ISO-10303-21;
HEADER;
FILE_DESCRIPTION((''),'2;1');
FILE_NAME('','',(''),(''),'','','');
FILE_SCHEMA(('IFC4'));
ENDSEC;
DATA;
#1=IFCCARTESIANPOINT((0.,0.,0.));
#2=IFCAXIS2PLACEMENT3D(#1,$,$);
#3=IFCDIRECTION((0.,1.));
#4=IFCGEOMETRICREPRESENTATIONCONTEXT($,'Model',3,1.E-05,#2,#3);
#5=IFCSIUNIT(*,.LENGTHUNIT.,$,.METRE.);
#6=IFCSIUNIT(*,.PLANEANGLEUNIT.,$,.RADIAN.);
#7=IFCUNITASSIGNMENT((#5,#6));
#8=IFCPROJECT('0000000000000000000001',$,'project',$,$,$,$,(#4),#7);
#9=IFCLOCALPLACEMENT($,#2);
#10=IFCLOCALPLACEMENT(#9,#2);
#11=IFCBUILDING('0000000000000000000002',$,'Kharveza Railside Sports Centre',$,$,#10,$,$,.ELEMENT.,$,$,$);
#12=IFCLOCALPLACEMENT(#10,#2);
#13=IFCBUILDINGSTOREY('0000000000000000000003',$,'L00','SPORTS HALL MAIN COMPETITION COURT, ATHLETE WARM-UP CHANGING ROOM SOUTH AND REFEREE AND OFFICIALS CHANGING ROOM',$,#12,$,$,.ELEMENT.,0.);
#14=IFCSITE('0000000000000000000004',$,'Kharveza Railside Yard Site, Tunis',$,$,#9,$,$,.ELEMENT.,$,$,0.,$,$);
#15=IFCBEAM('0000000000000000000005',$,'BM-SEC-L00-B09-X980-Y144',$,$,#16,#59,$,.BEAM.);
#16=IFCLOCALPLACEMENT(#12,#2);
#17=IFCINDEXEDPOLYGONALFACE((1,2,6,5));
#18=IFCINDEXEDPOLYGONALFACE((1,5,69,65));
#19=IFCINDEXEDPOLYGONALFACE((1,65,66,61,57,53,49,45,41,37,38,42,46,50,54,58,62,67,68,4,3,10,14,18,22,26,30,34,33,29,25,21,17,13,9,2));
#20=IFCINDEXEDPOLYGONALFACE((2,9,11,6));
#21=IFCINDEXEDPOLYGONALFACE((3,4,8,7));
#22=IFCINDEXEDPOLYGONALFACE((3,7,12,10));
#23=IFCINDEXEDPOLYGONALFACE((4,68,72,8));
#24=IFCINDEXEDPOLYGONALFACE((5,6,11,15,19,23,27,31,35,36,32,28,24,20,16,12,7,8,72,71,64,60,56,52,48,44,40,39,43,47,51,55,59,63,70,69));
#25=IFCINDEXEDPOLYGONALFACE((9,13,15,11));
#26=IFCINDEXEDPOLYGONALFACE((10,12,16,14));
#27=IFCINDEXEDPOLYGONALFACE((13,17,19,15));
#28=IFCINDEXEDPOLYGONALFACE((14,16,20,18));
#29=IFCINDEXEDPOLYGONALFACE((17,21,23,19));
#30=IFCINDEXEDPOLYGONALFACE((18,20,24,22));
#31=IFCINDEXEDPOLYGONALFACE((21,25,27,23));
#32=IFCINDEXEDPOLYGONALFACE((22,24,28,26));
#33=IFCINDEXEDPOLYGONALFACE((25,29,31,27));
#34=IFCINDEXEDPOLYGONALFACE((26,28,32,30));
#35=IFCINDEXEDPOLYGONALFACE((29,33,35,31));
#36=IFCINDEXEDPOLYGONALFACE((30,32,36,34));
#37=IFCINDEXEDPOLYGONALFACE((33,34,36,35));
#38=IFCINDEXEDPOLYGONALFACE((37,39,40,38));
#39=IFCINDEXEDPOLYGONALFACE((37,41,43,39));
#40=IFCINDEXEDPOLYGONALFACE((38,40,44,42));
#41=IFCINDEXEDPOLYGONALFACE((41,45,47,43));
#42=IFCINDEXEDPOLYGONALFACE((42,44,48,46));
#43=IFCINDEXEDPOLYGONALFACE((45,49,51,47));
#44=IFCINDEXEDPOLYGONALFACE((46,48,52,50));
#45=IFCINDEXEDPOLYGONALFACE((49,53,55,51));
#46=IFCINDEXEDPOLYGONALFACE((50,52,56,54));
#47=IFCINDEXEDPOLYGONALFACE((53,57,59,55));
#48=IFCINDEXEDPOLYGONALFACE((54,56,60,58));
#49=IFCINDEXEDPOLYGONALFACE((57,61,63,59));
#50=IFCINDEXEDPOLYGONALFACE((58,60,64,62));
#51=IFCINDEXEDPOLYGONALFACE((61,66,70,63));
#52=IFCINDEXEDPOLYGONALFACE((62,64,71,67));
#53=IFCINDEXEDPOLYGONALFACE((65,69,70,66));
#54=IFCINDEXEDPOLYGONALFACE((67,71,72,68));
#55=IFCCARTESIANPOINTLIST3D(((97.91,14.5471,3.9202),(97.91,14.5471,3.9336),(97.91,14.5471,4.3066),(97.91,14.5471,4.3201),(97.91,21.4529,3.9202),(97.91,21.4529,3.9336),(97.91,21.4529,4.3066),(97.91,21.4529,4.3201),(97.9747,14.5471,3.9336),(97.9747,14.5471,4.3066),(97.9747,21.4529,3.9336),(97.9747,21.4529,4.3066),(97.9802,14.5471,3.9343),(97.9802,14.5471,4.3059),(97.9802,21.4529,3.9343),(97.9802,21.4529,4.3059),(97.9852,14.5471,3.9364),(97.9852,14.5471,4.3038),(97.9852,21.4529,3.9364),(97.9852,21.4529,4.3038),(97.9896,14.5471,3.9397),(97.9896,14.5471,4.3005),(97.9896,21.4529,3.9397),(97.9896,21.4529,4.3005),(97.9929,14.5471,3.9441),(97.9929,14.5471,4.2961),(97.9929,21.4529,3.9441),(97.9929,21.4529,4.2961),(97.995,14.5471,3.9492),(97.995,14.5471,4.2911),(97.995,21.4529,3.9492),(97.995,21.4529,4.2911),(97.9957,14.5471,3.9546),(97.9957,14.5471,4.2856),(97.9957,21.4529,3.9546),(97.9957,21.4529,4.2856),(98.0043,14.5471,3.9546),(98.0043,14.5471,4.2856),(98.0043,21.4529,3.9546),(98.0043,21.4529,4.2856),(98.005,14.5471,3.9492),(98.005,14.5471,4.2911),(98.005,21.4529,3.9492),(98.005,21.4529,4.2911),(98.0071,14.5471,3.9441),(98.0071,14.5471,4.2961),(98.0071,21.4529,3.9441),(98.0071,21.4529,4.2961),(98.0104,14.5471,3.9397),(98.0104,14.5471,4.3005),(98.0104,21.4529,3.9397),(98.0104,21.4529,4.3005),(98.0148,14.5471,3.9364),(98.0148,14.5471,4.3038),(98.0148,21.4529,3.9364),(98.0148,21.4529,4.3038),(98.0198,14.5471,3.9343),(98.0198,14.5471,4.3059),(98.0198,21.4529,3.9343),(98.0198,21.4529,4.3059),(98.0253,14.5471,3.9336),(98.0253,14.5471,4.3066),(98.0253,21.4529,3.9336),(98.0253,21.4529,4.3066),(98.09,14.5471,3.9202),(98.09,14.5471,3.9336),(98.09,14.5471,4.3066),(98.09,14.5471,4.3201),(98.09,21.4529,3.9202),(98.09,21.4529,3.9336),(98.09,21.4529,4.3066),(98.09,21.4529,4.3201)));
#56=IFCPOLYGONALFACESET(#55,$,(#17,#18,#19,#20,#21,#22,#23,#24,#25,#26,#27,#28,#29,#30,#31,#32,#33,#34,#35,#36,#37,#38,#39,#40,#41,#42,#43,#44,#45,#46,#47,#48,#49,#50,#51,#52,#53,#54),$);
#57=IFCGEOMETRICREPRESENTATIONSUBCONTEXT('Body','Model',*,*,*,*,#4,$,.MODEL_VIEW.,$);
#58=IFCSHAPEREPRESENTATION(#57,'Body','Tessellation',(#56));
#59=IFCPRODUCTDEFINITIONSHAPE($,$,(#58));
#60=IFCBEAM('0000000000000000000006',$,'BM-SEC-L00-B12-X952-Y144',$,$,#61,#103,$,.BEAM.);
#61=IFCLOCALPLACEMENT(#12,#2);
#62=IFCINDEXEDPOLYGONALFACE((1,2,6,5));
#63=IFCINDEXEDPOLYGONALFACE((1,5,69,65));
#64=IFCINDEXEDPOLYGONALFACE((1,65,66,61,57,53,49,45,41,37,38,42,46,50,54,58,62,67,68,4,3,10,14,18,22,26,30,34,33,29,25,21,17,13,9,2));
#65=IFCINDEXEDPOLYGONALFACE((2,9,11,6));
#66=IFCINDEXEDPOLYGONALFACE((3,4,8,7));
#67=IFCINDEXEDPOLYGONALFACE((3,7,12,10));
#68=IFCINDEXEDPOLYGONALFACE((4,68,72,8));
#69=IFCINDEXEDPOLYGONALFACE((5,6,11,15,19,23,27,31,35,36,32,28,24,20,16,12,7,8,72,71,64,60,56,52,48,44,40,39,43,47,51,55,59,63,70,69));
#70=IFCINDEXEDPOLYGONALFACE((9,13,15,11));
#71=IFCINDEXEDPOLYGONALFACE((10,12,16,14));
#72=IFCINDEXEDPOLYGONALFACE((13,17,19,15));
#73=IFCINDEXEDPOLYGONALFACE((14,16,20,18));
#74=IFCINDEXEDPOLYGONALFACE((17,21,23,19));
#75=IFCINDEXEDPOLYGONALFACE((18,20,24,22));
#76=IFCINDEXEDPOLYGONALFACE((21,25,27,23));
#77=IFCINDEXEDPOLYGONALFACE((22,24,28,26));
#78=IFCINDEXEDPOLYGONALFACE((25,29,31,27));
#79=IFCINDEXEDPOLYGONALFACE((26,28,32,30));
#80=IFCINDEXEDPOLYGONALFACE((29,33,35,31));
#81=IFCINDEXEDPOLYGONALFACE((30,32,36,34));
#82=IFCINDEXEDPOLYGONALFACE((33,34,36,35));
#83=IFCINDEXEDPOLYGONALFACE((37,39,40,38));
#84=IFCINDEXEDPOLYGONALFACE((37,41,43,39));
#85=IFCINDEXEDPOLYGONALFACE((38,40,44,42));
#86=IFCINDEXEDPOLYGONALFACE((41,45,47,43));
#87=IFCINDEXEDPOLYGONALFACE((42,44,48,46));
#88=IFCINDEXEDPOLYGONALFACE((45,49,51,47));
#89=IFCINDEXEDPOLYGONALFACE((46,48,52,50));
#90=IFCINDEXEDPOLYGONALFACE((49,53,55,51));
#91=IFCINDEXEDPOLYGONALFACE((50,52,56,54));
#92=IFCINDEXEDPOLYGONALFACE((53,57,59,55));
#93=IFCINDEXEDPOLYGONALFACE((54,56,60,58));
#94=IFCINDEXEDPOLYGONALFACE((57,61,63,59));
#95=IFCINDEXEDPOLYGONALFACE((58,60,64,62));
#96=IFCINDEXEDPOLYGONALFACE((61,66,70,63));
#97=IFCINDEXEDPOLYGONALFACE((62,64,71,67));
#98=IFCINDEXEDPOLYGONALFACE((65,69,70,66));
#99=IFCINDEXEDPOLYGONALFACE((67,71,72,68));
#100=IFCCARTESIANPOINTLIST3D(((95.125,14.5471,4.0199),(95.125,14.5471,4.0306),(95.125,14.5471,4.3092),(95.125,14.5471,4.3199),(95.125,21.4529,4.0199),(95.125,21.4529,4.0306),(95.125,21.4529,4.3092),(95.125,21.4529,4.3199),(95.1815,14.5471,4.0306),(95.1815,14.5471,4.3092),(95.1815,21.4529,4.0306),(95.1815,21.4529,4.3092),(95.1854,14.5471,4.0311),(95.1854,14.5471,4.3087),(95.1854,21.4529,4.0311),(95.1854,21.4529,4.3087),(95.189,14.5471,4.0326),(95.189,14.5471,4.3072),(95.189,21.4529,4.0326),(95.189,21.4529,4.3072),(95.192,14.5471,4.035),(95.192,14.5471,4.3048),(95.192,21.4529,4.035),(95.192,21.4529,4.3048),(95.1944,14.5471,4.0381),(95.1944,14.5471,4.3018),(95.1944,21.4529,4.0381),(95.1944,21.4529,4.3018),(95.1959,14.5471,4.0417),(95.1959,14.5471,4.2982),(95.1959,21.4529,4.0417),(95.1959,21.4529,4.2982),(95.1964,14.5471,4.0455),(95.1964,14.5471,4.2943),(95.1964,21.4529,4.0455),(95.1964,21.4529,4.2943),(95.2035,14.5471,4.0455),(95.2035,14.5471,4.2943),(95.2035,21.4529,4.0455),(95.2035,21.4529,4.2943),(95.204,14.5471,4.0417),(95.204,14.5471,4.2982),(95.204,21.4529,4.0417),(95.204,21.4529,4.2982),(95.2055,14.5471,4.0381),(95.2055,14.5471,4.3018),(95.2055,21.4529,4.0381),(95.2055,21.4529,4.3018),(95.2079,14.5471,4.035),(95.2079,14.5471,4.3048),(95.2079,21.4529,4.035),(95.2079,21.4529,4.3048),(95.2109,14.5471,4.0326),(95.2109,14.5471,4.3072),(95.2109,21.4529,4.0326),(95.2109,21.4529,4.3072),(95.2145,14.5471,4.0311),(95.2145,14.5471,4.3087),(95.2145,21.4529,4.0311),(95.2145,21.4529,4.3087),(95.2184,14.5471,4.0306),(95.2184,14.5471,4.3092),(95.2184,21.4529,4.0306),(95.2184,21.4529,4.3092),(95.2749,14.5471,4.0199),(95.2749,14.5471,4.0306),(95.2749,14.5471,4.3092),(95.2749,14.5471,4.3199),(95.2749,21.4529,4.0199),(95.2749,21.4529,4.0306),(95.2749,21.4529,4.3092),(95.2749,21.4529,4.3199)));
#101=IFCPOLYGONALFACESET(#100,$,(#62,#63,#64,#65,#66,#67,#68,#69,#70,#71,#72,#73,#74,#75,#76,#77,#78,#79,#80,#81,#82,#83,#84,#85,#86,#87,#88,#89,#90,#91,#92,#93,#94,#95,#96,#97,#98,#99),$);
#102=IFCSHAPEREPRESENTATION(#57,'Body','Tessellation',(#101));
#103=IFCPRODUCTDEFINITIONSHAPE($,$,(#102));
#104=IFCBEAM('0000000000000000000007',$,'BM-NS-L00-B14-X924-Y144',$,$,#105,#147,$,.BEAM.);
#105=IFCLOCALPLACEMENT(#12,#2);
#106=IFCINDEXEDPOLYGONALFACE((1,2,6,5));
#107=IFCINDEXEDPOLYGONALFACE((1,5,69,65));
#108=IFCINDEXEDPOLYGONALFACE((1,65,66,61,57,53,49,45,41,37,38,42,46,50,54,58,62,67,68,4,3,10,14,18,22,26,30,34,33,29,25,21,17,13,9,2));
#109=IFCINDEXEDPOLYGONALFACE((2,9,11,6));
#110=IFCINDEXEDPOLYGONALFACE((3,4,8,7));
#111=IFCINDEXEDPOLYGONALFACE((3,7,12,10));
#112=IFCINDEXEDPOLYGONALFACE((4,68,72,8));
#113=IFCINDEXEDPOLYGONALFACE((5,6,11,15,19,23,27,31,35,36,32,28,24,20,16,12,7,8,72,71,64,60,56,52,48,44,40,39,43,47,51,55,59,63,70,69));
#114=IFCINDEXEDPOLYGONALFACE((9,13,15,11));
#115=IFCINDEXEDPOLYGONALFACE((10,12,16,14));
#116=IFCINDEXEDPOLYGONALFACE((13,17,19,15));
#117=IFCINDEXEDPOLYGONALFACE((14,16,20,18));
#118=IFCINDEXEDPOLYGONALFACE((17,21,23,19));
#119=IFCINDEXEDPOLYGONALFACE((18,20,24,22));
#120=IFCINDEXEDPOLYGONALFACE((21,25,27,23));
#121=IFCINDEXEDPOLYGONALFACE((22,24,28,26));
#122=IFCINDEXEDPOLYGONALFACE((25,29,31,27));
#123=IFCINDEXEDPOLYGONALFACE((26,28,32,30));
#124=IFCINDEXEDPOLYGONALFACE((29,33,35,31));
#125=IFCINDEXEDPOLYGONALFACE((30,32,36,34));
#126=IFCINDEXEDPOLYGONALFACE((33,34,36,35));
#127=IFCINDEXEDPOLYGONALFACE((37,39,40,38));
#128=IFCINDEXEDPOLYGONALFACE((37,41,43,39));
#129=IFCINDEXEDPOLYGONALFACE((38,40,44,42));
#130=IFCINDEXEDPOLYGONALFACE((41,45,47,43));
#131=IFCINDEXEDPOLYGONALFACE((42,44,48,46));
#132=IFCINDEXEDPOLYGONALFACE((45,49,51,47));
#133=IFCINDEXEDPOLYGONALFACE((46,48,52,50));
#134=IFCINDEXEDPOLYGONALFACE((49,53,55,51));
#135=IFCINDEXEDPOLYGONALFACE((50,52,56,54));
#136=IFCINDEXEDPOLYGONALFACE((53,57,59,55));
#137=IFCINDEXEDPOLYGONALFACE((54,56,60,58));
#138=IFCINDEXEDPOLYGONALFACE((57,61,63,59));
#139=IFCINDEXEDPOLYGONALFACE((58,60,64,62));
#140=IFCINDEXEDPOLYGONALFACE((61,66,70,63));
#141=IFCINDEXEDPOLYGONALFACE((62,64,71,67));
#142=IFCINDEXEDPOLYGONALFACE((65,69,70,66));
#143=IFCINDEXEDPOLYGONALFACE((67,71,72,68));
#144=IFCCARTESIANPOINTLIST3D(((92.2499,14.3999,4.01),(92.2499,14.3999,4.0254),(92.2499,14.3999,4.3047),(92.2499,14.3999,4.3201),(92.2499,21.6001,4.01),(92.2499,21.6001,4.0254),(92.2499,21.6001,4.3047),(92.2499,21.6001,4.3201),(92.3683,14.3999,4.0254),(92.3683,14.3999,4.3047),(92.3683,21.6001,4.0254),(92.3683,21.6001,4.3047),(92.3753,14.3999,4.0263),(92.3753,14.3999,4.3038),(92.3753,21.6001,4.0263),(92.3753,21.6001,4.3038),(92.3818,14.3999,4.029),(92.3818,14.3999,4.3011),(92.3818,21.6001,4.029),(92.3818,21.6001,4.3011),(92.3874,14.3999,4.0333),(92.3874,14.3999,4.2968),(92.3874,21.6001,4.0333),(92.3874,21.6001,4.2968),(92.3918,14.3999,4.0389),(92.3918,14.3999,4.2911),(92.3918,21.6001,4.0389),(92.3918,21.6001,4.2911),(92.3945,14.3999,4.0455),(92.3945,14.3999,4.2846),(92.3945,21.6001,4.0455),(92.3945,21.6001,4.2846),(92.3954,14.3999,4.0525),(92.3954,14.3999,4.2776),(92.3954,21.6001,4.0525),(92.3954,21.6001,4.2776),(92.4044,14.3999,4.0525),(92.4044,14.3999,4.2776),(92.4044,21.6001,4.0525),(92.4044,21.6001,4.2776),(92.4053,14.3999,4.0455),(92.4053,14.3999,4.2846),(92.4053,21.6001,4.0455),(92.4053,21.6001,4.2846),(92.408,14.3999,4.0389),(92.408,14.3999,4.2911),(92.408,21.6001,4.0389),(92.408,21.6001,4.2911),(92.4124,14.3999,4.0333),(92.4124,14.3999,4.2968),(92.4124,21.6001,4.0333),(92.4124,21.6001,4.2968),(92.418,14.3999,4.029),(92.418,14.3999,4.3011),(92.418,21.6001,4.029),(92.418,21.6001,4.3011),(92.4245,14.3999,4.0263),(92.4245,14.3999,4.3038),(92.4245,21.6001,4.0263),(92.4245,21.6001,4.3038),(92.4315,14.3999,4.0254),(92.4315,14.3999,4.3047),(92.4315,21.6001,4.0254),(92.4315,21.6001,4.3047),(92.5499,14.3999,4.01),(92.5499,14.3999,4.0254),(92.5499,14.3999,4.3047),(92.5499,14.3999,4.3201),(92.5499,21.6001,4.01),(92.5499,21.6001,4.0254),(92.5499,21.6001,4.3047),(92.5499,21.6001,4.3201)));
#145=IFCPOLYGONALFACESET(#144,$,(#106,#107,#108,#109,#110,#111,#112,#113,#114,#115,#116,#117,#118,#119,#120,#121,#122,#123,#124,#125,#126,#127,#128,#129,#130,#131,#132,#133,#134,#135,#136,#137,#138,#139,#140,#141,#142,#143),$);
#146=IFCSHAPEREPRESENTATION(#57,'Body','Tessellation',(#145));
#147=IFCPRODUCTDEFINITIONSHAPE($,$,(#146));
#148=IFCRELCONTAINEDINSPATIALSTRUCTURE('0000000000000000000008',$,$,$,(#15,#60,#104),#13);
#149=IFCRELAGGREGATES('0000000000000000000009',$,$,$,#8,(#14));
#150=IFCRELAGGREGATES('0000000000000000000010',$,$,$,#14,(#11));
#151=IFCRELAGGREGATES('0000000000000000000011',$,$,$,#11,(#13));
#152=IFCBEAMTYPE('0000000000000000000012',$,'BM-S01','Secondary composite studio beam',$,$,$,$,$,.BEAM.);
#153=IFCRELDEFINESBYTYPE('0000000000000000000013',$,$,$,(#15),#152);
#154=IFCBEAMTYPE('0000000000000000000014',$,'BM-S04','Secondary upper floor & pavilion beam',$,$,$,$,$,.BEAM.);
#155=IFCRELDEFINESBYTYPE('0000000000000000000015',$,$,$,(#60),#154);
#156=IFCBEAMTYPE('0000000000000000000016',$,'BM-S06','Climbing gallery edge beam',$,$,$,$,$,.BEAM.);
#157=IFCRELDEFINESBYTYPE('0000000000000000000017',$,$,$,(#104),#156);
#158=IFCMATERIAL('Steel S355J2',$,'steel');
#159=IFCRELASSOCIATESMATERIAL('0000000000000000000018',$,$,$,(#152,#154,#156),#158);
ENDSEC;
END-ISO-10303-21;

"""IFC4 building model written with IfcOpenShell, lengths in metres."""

from ifc_helpers import new_model, si_unit, direction, frame, origin, origin_2d, place, context, subcontext, project, spatial, i_section, extrude, material, material_profile, profile_set, type_object, element, save


model = new_model("IFC4")

# Units and contexts
model_context = context("Model", 3, precision=1e-05, world=origin(), true_north=direction((0.0, 1.0)))
body_context = subcontext(model_context, "Body", "Model", "MODEL_VIEW")
ifc_project = project(units=[si_unit("LENGTHUNIT", "METRE"), si_unit("PLANEANGLEUNIT", "RADIAN")], contexts=[model_context])

# Site, building, storey
site_placement = place(None, origin())
site = spatial("IfcSite", under=ifc_project, at=site_placement, Name="Kharveza Railside Yard Site, Tunis", CompositionType="ELEMENT", RefElevation=0.0)
building_placement = place(site_placement, origin())
building = spatial("IfcBuilding", under=site, at=building_placement, Name="Kharveza Railside Sports Centre", CompositionType="ELEMENT")
storey_placement = place(building_placement, origin())
storey = spatial("IfcBuildingStorey", under=building, at=storey_placement, Name="L00", Description="SPORTS HALL MAIN COMPETITION COURT, ATHLETE WARM-UP CHANGING ROOM SOUTH AND REFEREE AND OFFICIALS CHANGING ROOM", CompositionType="ELEMENT", Elevation=0.0)

# Shared definitions
ifc_material_1 = material(Name="Steel S355J2", Category="steel")

# Beams
ifc_material_profile_1 = material_profile(ifc_material_1, i_section(OverallWidth=0.1799, OverallDepth=0.3999, WebThickness=0.0085, FlangeThickness=0.0134, FilletRadius=0.021, at=origin_2d()), Name="IPE 400")
ifc_profile_set_1 = profile_set([ifc_material_profile_1], Name="Steel S355J2")
beam_type_1 = type_object("IfcBeamType", Name="BM-S01", Description="Secondary composite studio beam", PredefinedType="BEAM", material=ifc_profile_set_1)
beam_1_placement = place(storey_placement, frame((98.0, 14.5471, 4.1201), z_axis=(0.0, 1.0, 0.0), x_axis=(-1.0, 0.0, 0.0)))
element("IfcBeam", 1, at=beam_1_placement, inside=storey, type_object=beam_type_1, Name="BM-SEC-L00-B09-X980-Y144", PredefinedType="BEAM", context=body_context, shape_type="SweptSolid", body=[
    extrude(i_section(OverallWidth=0.1799, OverallDepth=0.3999, WebThickness=0.0085, FlangeThickness=0.0134, FilletRadius=0.021, at=origin_2d()), origin(), (0.0, 0.0, 1.0), 6.9058),
])
ifc_material_profile_2 = material_profile(ifc_material_1, i_section(OverallWidth=0.1499, OverallDepth=0.3, WebThickness=0.0071, FlangeThickness=0.0107, FilletRadius=0.0149, at=origin_2d()), Name="IPE 300")
ifc_profile_set_2 = profile_set([ifc_material_profile_2], Name="Steel S355J2")
beam_type_2 = type_object("IfcBeamType", Name="BM-S04", Description="Secondary upper floor & pavilion beam", PredefinedType="BEAM", material=ifc_profile_set_2)
beam_2_placement = place(storey_placement, frame((95.2, 14.5471, 4.1699), z_axis=(0.0, 1.0, 0.0), x_axis=(-1.0, 0.0, 0.0)))
element("IfcBeam", 2, at=beam_2_placement, inside=storey, type_object=beam_type_2, Name="BM-SEC-L00-B12-X952-Y144", PredefinedType="BEAM", context=body_context, shape_type="SweptSolid", body=[
    extrude(i_section(OverallWidth=0.1499, OverallDepth=0.3, WebThickness=0.0071, FlangeThickness=0.0107, FilletRadius=0.0149, at=origin_2d()), origin(), (0.0, 0.0, 1.0), 6.9058),
])
ifc_material_profile_3 = material_profile(ifc_material_1, i_section(OverallWidth=0.3, OverallDepth=0.3101, WebThickness=0.009, FlangeThickness=0.0154, FilletRadius=0.0271, at=origin_2d()), Name="HEA 320")
ifc_profile_set_3 = profile_set([ifc_material_profile_3], Name="Steel S355J2")
beam_type_3 = type_object("IfcBeamType", Name="BM-S06", Description="Climbing gallery edge beam", PredefinedType="BEAM", material=ifc_profile_set_3)
beam_3_placement = place(storey_placement, frame((92.3999, 14.3999, 4.165), z_axis=(0.0, 1.0, 0.0), x_axis=(-1.0, 0.0, 0.0)))
element("IfcBeam", 3, at=beam_3_placement, inside=storey, type_object=beam_type_3, Name="BM-NS-L00-B14-X924-Y144", PredefinedType="BEAM", context=body_context, shape_type="SweptSolid", body=[
    extrude(i_section(OverallWidth=0.3, OverallDepth=0.3101, WebThickness=0.009, FlangeThickness=0.0154, FilletRadius=0.0271, at=origin_2d()), origin(), (0.0, 0.0, 1.0), 7.2002),
])

save(model, "model.ifc")
